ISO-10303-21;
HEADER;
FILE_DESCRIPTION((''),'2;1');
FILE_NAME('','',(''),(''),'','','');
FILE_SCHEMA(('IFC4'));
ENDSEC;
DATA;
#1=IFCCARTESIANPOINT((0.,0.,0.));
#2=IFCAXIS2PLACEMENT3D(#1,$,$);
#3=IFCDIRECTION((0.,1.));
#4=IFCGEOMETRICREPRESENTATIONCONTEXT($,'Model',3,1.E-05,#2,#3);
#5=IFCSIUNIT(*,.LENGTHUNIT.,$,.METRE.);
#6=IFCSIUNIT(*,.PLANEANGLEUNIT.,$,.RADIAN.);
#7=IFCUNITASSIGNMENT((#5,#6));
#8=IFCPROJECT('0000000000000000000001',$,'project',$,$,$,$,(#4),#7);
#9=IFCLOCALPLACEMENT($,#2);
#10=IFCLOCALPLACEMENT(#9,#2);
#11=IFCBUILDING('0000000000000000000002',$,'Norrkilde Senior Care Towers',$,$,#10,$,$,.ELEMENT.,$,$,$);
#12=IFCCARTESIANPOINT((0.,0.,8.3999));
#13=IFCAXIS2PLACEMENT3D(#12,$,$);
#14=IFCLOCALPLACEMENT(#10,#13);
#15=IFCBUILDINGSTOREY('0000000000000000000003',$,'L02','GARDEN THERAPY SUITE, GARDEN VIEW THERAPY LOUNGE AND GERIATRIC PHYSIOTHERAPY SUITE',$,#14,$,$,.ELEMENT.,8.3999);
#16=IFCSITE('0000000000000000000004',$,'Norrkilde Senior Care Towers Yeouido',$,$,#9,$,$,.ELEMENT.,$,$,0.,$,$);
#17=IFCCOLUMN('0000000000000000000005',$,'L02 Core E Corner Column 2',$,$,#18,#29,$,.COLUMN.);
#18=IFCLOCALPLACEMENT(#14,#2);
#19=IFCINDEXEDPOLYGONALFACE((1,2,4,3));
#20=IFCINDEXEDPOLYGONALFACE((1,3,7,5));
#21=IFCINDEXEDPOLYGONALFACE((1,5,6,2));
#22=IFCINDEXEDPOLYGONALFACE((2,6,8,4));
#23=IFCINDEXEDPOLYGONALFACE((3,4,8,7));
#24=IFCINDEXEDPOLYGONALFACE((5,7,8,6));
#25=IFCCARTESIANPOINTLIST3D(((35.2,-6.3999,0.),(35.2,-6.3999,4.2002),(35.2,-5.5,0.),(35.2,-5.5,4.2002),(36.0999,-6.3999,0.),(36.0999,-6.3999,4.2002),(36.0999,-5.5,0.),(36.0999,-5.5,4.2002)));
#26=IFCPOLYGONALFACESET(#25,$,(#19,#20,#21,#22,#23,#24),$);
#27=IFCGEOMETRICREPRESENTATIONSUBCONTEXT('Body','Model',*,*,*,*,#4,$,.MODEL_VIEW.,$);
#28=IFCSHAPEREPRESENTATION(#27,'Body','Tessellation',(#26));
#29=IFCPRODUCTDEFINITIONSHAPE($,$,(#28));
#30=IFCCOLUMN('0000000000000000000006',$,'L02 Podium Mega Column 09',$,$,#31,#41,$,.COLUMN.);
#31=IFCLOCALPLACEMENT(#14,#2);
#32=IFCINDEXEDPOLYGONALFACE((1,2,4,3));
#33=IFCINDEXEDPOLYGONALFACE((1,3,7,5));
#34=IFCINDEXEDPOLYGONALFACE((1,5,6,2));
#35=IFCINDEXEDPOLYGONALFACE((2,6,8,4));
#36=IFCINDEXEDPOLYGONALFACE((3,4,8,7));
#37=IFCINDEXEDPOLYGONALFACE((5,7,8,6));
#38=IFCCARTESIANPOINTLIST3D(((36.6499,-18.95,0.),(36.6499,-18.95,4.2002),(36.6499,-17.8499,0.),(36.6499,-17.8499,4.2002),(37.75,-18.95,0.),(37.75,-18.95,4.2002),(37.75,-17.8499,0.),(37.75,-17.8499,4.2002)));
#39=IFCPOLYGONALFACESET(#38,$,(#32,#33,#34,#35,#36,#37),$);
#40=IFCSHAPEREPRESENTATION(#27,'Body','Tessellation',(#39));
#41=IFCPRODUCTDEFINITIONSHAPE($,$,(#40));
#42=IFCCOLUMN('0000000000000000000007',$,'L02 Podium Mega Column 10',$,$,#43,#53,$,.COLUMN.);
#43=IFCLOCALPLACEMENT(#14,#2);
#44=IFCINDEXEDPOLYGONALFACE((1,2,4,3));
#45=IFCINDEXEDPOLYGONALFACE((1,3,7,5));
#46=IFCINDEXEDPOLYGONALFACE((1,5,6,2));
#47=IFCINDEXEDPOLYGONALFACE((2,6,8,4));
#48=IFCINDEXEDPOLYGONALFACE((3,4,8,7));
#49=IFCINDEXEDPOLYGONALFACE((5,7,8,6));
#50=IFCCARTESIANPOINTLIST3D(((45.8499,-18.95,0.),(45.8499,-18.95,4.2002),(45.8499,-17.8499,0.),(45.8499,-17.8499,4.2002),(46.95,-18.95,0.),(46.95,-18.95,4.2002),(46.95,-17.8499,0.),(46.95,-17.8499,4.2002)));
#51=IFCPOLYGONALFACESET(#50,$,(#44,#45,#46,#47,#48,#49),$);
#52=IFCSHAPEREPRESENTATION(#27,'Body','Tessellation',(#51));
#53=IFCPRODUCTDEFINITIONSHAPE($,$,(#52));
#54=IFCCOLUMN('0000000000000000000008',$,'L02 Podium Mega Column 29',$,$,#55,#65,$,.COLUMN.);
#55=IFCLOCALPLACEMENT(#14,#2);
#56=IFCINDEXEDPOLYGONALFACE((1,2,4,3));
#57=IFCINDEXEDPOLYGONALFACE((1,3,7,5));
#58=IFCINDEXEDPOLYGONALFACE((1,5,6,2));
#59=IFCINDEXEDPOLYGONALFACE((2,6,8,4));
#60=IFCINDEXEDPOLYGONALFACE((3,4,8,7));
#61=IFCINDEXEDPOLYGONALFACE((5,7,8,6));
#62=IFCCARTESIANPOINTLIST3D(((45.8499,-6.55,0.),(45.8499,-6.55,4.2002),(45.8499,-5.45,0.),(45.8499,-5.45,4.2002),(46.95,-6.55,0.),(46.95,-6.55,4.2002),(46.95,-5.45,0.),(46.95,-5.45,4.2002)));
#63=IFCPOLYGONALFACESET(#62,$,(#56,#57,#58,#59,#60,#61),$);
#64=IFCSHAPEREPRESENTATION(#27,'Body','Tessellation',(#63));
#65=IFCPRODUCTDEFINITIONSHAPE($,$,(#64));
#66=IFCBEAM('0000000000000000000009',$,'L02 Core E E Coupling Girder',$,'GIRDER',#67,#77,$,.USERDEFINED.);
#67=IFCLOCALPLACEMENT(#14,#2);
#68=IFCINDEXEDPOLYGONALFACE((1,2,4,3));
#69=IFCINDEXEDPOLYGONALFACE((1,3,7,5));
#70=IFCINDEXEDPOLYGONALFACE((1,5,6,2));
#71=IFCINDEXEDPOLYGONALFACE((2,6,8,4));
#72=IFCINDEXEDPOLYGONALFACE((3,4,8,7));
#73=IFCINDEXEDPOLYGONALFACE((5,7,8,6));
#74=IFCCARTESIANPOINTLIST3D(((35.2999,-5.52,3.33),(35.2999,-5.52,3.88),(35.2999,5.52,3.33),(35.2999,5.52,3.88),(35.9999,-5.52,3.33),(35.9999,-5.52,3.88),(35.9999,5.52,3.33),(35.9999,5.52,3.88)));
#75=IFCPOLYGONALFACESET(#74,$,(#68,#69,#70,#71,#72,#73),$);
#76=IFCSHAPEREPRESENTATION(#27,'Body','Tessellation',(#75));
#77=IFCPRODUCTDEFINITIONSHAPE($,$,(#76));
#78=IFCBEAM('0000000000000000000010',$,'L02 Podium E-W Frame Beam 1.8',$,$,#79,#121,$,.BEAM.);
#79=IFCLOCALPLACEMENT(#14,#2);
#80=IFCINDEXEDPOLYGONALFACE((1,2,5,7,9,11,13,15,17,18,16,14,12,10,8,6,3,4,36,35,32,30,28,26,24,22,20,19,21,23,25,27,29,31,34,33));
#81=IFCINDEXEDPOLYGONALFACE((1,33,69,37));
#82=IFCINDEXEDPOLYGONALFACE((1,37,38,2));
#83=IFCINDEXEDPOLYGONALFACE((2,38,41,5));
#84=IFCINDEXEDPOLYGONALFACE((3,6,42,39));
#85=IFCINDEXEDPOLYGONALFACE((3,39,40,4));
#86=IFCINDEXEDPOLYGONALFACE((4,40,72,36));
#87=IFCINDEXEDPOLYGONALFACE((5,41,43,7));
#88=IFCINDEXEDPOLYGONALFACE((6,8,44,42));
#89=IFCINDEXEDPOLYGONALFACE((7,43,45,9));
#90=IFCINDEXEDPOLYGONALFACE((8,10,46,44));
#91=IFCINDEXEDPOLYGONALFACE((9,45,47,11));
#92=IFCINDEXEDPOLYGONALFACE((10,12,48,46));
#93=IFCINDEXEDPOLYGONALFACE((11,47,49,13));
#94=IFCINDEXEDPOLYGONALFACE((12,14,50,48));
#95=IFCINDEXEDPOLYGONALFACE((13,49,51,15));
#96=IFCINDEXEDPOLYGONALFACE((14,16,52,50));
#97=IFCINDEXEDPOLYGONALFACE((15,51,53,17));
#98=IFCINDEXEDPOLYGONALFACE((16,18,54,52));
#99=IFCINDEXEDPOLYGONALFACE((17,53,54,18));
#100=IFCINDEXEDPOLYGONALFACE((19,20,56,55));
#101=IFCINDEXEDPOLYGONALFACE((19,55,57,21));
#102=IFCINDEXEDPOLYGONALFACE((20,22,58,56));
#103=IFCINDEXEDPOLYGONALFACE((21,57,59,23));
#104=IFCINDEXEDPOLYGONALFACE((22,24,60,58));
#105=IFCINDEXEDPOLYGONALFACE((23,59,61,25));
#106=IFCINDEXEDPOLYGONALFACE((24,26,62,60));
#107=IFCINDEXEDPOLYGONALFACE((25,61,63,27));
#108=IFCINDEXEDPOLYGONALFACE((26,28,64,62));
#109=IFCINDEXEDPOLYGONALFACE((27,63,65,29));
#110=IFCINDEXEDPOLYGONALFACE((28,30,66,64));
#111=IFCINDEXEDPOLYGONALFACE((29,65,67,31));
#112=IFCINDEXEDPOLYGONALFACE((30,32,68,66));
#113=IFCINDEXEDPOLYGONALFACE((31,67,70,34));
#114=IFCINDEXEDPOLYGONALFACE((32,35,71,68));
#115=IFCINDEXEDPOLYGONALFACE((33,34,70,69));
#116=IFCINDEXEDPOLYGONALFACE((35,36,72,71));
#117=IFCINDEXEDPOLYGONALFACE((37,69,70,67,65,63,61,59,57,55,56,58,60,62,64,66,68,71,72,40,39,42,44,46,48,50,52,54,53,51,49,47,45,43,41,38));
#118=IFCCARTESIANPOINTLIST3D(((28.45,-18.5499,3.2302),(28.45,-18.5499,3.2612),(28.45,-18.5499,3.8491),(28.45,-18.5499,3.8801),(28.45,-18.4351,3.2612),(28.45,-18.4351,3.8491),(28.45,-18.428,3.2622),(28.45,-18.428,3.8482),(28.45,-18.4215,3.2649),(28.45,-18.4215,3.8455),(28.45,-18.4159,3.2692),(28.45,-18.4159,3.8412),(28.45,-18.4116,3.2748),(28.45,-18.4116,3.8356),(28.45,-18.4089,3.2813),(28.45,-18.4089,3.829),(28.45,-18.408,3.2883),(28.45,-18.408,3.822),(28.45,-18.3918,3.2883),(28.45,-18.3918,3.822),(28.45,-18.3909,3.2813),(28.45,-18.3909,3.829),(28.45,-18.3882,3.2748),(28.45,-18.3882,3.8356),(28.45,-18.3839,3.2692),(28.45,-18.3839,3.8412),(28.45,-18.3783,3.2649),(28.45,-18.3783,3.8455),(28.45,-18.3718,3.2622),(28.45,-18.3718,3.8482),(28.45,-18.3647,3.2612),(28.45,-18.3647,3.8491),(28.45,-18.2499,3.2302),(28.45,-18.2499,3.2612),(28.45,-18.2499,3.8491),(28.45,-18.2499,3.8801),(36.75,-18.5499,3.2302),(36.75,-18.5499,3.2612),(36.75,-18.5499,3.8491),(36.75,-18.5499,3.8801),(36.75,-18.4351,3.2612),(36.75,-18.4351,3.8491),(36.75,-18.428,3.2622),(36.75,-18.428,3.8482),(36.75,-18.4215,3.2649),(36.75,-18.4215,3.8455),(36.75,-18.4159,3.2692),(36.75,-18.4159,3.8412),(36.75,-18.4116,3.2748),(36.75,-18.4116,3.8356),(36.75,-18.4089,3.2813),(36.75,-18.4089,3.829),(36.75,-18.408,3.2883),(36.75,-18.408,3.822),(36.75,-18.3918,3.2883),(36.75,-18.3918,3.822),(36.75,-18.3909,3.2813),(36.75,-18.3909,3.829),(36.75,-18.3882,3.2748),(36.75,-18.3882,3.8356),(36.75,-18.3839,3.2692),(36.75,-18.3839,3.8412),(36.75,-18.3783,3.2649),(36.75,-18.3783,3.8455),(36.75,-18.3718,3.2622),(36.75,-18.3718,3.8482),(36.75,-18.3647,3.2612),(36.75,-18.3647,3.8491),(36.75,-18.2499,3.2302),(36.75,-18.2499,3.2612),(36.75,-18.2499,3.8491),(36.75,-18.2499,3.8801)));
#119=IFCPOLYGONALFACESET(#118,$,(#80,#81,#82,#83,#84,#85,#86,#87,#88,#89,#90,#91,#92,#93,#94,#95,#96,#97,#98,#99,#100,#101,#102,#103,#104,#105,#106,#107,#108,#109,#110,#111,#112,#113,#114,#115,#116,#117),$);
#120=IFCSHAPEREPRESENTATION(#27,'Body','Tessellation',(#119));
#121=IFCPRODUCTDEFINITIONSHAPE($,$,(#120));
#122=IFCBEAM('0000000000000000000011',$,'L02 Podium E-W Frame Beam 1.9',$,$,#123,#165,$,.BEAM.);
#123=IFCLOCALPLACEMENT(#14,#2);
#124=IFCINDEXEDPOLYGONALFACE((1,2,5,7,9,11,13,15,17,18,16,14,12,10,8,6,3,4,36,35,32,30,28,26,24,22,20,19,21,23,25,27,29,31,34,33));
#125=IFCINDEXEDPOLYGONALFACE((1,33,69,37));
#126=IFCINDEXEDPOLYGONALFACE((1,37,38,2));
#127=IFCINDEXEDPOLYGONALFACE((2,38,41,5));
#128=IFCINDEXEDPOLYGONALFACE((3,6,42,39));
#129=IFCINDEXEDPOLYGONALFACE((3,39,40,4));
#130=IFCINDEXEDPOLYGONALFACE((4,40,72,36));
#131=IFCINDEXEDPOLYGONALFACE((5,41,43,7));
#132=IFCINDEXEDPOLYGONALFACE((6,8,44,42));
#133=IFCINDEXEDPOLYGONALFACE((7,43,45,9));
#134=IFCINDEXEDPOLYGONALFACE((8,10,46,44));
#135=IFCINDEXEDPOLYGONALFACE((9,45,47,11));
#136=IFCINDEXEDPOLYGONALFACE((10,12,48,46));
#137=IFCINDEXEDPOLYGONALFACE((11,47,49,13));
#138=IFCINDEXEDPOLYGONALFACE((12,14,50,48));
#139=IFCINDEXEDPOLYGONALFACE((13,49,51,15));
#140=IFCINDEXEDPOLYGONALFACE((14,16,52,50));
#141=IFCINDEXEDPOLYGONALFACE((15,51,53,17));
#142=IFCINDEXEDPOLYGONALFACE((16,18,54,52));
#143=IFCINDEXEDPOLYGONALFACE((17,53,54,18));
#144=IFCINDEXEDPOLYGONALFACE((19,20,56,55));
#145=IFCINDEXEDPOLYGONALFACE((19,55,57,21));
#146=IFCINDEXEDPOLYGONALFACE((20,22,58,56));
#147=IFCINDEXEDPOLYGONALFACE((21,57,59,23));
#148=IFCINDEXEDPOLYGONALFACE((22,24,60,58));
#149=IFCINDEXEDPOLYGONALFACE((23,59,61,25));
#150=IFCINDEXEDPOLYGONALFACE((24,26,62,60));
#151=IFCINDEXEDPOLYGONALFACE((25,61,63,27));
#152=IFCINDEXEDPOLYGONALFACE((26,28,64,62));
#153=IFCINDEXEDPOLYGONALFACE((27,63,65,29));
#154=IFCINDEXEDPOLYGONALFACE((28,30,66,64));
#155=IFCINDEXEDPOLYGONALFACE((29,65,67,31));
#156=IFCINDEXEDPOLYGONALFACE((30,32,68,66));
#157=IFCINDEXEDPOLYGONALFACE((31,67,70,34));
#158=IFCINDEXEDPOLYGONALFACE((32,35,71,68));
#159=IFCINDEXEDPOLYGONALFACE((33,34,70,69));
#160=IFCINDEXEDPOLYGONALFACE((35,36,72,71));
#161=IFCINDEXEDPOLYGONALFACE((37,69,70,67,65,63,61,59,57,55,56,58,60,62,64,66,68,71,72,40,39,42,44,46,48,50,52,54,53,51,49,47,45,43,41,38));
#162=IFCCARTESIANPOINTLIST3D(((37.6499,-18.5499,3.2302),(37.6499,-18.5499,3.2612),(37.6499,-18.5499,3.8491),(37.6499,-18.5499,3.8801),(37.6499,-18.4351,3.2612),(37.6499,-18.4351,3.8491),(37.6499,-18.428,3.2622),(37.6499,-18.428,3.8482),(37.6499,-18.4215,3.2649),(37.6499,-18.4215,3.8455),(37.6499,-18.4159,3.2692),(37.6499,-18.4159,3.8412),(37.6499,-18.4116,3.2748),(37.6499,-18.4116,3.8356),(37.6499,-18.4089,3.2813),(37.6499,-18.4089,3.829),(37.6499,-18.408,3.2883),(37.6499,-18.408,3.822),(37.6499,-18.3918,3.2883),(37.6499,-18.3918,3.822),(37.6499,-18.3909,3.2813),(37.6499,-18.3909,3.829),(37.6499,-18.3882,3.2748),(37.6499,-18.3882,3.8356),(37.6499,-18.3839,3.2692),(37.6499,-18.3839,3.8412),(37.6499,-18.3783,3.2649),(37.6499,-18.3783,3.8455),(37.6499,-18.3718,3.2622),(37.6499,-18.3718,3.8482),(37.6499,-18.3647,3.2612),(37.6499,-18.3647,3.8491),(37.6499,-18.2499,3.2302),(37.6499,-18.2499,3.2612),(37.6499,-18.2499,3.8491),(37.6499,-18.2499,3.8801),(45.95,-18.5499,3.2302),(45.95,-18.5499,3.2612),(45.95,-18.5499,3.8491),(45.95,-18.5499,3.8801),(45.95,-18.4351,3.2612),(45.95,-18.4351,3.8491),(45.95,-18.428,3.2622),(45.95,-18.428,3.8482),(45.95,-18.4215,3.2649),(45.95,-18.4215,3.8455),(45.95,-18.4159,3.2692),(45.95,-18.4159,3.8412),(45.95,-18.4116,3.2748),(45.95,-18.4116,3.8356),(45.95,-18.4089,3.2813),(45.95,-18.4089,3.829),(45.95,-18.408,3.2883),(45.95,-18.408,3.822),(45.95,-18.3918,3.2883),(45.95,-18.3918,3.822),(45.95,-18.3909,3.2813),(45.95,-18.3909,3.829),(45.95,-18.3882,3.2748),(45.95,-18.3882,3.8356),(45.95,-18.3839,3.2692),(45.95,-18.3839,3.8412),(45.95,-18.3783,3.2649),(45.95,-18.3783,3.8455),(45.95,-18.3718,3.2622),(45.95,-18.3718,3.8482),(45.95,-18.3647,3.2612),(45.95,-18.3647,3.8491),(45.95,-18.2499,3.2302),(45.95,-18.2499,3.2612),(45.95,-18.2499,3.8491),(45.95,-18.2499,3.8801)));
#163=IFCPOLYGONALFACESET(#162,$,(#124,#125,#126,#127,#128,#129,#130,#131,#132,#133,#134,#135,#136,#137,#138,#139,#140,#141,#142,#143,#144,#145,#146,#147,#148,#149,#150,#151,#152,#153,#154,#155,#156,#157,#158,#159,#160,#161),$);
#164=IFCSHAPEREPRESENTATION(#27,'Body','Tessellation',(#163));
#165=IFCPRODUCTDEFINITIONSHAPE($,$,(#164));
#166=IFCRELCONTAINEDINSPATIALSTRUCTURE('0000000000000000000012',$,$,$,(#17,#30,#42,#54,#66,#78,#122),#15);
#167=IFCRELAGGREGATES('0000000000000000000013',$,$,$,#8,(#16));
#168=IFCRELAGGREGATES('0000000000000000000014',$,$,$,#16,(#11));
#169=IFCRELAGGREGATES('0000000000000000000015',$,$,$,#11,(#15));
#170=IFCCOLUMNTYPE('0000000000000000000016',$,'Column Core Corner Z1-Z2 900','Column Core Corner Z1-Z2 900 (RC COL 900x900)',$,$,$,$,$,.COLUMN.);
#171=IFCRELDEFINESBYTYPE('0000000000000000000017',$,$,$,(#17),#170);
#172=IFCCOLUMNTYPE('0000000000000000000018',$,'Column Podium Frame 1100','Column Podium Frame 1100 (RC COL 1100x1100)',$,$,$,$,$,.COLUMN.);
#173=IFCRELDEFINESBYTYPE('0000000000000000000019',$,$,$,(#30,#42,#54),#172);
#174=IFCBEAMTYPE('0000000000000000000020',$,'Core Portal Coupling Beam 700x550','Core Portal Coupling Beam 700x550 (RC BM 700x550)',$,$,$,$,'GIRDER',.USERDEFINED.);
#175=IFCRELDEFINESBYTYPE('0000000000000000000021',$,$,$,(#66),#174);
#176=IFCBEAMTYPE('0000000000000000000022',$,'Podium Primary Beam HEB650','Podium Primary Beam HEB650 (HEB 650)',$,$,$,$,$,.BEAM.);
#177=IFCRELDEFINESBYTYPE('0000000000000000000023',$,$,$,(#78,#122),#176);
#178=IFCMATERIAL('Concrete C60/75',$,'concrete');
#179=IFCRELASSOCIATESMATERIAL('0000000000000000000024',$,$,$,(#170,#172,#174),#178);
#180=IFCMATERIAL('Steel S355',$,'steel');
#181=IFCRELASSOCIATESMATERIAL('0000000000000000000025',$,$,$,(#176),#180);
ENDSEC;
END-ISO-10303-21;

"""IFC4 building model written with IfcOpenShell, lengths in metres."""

from ifc_helpers import new_model, si_unit, direction, frame, origin, origin_2d, place, context, subcontext, project, spatial, rectangle, i_section, extrude, source, transform, mapped, material, material_profile, profile_set, type_object, type_shapes, element, save


model = new_model("IFC4")

# Units and contexts
model_context = context("Model", 3, precision=1e-05, world=origin(), true_north=direction((0.0, 1.0)))
body_context = subcontext(model_context, "Body", "Model", "MODEL_VIEW")
ifc_project = project(units=[si_unit("LENGTHUNIT", "METRE"), si_unit("PLANEANGLEUNIT", "RADIAN")], contexts=[model_context])

# Site, building, storey
site_placement = place(None, origin())
site = spatial("IfcSite", under=ifc_project, at=site_placement, Name="Norrkilde Senior Care Towers Yeouido", CompositionType="ELEMENT", RefElevation=0.0)
building_placement = place(site_placement, origin())
building = spatial("IfcBuilding", under=site, at=building_placement, Name="Norrkilde Senior Care Towers", CompositionType="ELEMENT")
storey_placement = place(building_placement, frame((0.0, 0.0, 8.3999)))
storey = spatial("IfcBuildingStorey", under=building, at=storey_placement, Name="L02", Description="GARDEN THERAPY SUITE, GARDEN VIEW THERAPY LOUNGE AND GERIATRIC PHYSIOTHERAPY SUITE", CompositionType="ELEMENT", Elevation=8.3999)

# Columns
ifc_material_1 = material(Name="Concrete C60/75", Category="concrete")
ifc_material_profile_1 = material_profile(ifc_material_1, rectangle(XDim=0.8999, YDim=0.8999, at=origin_2d()), Name="RC COL 900x900")
ifc_profile_set_1 = profile_set([ifc_material_profile_1], Name="Concrete C60/75")
column_type_1 = type_object("IfcColumnType", Name="Column Core Corner Z1-Z2 900", Description="Column Core Corner Z1-Z2 900 (RC COL 900x900)", PredefinedType="COLUMN", material=ifc_profile_set_1)
shared_shape_1 = source(origin(), body_context, "Body", "SweptSolid", [
    extrude(rectangle(XDim=0.8999, YDim=0.8999, at=origin_2d()), origin(), (0.0, 0.0, 1.0), 4.2002),
])
type_shapes(column_type_1, [shared_shape_1])
column_placement = place(storey_placement, frame((35.6499, -5.95, 0.0), z_axis=(0.0, 0.0, 1.0), x_axis=(1.0, 0.0, 0.0)))
element("IfcColumn", 1, at=column_placement, inside=storey, type_object=column_type_1, Name="L02 Core E Corner Column 2", PredefinedType="COLUMN", context=body_context, shape_type="MappedRepresentation", body=[
    mapped(shared_shape_1, transform((0.0, 0.0, 0.0), x_axis=(1.0, 0.0, 0.0), y_axis=(0.0, 1.0, 0.0), z_axis=(0.0, 0.0, 1.0), scale=1.0)),
])
ifc_material_profile_2 = material_profile(ifc_material_1, rectangle(XDim=1.1001, YDim=1.1001, at=origin_2d()), Name="RC COL 1100x1100")
ifc_profile_set_2 = profile_set([ifc_material_profile_2], Name="Concrete C60/75")
column_type_2 = type_object("IfcColumnType", Name="Column Podium Frame 1100", Description="Column Podium Frame 1100 (RC COL 1100x1100)", PredefinedType="COLUMN", material=ifc_profile_set_2)
shared_shape_2 = source(origin(), body_context, "Body", "SweptSolid", [
    extrude(rectangle(XDim=1.1001, YDim=1.1001, at=origin_2d()), origin(), (0.0, 0.0, 1.0), 4.2002),
])
type_shapes(column_type_2, [shared_shape_2])
for number, where, z_axis, x_axis, name in (
    (2, (37.2, -18.3999, 0.0), (0.0, 0.0, 1.0), (1.0, 0.0, 0.0), "L02 Podium Mega Column 09"),
    (3, (46.3999, -18.3999, 0.0), (0.0, 0.0, 1.0), (1.0, 0.0, 0.0), "L02 Podium Mega Column 10"),
    (4, (46.3999, -6.0, 0.0), (0.0, 0.0, 1.0), (1.0, 0.0, 0.0), "L02 Podium Mega Column 29"),
):
    element("IfcColumn", number, at=place(storey_placement, frame(where, z_axis=z_axis, x_axis=x_axis)), inside=storey, type_object=column_type_2, Name=name, PredefinedType="COLUMN", context=body_context, shape_type="MappedRepresentation", body=[
        mapped(shared_shape_2, transform((0.0, 0.0, 0.0), x_axis=(1.0, 0.0, 0.0), y_axis=(0.0, 1.0, 0.0), z_axis=(0.0, 0.0, 1.0), scale=1.0)),
    ])

# Beams
ifc_material_profile_3 = material_profile(ifc_material_1, rectangle(XDim=0.7, YDim=0.55, at=origin_2d()), Name="RC BM 700x550")
ifc_profile_set_3 = profile_set([ifc_material_profile_3], Name="Concrete C60/75")
beam_type_1 = type_object("IfcBeamType", Name="Core Portal Coupling Beam 700x550", Description="Core Portal Coupling Beam 700x550 (RC BM 700x550)", ElementType="GIRDER", PredefinedType="USERDEFINED", material=ifc_profile_set_3)
shared_shape_3 = source(origin(), body_context, "Body", "SweptSolid", [
    extrude(rectangle(XDim=0.7, YDim=0.55, at=origin_2d()), origin(), (0.0, 0.0, 1.0), 11.04),
])
type_shapes(beam_type_1, [shared_shape_3])
beam_1_placement = place(storey_placement, frame((35.6499, -5.52, 3.605), z_axis=(0.0, 1.0, 0.0), x_axis=(-1.0, 0.0, 0.0)))
element("IfcBeam", 5, at=beam_1_placement, inside=storey, type_object=beam_type_1, Name="L02 Core E E Coupling Girder", ObjectType="GIRDER", PredefinedType="USERDEFINED", context=body_context, shape_type="MappedRepresentation", body=[
    mapped(shared_shape_3, transform((0.0, 0.0, 0.0), x_axis=(1.0, 0.0, 0.0), y_axis=(0.0, 1.0, 0.0), z_axis=(0.0, 0.0, 1.0), scale=1.0)),
])
ifc_material_2 = material(Name="Steel S355", Category="steel")
ifc_material_profile_4 = material_profile(ifc_material_2, i_section(OverallWidth=0.3, OverallDepth=0.6499, WebThickness=0.0161, FlangeThickness=0.031, FilletRadius=0.0271, at=origin_2d()), Name="HEB 650")
ifc_profile_set_4 = profile_set([ifc_material_profile_4], Name="Steel S355")
beam_type_2 = type_object("IfcBeamType", Name="Podium Primary Beam HEB650", Description="Podium Primary Beam HEB650 (HEB 650)", PredefinedType="BEAM", material=ifc_profile_set_4)
shared_shape_4 = source(origin(), body_context, "Body", "SweptSolid", [
    extrude(i_section(OverallWidth=0.3, OverallDepth=0.6499, WebThickness=0.0161, FlangeThickness=0.031, FilletRadius=0.0271, at=origin_2d()), origin(), (0.0, 0.0, 1.0), 8.3),
])
for number, where, z_axis, x_axis, name in (
    (6, (28.45, -18.3999, 3.5552), (1.0, 0.0, 0.0), (0.0, 1.0, 0.0), "L02 Podium E-W Frame Beam 1.8"),
    (7, (37.6499, -18.3999, 3.5552), (1.0, 0.0, 0.0), (0.0, 1.0, 0.0), "L02 Podium E-W Frame Beam 1.9"),
):
    element("IfcBeam", number, at=place(storey_placement, frame(where, z_axis=z_axis, x_axis=x_axis)), inside=storey, type_object=beam_type_2, Name=name, PredefinedType="BEAM", context=body_context, shape_type="MappedRepresentation", body=[
        mapped(shared_shape_4, transform((0.0, 0.0, 0.0), x_axis=(1.0, 0.0, 0.0), y_axis=(0.0, 1.0, 0.0), z_axis=(0.0, 0.0, 1.0), scale=1.0)),
    ])

save(model, "model.ifc")
